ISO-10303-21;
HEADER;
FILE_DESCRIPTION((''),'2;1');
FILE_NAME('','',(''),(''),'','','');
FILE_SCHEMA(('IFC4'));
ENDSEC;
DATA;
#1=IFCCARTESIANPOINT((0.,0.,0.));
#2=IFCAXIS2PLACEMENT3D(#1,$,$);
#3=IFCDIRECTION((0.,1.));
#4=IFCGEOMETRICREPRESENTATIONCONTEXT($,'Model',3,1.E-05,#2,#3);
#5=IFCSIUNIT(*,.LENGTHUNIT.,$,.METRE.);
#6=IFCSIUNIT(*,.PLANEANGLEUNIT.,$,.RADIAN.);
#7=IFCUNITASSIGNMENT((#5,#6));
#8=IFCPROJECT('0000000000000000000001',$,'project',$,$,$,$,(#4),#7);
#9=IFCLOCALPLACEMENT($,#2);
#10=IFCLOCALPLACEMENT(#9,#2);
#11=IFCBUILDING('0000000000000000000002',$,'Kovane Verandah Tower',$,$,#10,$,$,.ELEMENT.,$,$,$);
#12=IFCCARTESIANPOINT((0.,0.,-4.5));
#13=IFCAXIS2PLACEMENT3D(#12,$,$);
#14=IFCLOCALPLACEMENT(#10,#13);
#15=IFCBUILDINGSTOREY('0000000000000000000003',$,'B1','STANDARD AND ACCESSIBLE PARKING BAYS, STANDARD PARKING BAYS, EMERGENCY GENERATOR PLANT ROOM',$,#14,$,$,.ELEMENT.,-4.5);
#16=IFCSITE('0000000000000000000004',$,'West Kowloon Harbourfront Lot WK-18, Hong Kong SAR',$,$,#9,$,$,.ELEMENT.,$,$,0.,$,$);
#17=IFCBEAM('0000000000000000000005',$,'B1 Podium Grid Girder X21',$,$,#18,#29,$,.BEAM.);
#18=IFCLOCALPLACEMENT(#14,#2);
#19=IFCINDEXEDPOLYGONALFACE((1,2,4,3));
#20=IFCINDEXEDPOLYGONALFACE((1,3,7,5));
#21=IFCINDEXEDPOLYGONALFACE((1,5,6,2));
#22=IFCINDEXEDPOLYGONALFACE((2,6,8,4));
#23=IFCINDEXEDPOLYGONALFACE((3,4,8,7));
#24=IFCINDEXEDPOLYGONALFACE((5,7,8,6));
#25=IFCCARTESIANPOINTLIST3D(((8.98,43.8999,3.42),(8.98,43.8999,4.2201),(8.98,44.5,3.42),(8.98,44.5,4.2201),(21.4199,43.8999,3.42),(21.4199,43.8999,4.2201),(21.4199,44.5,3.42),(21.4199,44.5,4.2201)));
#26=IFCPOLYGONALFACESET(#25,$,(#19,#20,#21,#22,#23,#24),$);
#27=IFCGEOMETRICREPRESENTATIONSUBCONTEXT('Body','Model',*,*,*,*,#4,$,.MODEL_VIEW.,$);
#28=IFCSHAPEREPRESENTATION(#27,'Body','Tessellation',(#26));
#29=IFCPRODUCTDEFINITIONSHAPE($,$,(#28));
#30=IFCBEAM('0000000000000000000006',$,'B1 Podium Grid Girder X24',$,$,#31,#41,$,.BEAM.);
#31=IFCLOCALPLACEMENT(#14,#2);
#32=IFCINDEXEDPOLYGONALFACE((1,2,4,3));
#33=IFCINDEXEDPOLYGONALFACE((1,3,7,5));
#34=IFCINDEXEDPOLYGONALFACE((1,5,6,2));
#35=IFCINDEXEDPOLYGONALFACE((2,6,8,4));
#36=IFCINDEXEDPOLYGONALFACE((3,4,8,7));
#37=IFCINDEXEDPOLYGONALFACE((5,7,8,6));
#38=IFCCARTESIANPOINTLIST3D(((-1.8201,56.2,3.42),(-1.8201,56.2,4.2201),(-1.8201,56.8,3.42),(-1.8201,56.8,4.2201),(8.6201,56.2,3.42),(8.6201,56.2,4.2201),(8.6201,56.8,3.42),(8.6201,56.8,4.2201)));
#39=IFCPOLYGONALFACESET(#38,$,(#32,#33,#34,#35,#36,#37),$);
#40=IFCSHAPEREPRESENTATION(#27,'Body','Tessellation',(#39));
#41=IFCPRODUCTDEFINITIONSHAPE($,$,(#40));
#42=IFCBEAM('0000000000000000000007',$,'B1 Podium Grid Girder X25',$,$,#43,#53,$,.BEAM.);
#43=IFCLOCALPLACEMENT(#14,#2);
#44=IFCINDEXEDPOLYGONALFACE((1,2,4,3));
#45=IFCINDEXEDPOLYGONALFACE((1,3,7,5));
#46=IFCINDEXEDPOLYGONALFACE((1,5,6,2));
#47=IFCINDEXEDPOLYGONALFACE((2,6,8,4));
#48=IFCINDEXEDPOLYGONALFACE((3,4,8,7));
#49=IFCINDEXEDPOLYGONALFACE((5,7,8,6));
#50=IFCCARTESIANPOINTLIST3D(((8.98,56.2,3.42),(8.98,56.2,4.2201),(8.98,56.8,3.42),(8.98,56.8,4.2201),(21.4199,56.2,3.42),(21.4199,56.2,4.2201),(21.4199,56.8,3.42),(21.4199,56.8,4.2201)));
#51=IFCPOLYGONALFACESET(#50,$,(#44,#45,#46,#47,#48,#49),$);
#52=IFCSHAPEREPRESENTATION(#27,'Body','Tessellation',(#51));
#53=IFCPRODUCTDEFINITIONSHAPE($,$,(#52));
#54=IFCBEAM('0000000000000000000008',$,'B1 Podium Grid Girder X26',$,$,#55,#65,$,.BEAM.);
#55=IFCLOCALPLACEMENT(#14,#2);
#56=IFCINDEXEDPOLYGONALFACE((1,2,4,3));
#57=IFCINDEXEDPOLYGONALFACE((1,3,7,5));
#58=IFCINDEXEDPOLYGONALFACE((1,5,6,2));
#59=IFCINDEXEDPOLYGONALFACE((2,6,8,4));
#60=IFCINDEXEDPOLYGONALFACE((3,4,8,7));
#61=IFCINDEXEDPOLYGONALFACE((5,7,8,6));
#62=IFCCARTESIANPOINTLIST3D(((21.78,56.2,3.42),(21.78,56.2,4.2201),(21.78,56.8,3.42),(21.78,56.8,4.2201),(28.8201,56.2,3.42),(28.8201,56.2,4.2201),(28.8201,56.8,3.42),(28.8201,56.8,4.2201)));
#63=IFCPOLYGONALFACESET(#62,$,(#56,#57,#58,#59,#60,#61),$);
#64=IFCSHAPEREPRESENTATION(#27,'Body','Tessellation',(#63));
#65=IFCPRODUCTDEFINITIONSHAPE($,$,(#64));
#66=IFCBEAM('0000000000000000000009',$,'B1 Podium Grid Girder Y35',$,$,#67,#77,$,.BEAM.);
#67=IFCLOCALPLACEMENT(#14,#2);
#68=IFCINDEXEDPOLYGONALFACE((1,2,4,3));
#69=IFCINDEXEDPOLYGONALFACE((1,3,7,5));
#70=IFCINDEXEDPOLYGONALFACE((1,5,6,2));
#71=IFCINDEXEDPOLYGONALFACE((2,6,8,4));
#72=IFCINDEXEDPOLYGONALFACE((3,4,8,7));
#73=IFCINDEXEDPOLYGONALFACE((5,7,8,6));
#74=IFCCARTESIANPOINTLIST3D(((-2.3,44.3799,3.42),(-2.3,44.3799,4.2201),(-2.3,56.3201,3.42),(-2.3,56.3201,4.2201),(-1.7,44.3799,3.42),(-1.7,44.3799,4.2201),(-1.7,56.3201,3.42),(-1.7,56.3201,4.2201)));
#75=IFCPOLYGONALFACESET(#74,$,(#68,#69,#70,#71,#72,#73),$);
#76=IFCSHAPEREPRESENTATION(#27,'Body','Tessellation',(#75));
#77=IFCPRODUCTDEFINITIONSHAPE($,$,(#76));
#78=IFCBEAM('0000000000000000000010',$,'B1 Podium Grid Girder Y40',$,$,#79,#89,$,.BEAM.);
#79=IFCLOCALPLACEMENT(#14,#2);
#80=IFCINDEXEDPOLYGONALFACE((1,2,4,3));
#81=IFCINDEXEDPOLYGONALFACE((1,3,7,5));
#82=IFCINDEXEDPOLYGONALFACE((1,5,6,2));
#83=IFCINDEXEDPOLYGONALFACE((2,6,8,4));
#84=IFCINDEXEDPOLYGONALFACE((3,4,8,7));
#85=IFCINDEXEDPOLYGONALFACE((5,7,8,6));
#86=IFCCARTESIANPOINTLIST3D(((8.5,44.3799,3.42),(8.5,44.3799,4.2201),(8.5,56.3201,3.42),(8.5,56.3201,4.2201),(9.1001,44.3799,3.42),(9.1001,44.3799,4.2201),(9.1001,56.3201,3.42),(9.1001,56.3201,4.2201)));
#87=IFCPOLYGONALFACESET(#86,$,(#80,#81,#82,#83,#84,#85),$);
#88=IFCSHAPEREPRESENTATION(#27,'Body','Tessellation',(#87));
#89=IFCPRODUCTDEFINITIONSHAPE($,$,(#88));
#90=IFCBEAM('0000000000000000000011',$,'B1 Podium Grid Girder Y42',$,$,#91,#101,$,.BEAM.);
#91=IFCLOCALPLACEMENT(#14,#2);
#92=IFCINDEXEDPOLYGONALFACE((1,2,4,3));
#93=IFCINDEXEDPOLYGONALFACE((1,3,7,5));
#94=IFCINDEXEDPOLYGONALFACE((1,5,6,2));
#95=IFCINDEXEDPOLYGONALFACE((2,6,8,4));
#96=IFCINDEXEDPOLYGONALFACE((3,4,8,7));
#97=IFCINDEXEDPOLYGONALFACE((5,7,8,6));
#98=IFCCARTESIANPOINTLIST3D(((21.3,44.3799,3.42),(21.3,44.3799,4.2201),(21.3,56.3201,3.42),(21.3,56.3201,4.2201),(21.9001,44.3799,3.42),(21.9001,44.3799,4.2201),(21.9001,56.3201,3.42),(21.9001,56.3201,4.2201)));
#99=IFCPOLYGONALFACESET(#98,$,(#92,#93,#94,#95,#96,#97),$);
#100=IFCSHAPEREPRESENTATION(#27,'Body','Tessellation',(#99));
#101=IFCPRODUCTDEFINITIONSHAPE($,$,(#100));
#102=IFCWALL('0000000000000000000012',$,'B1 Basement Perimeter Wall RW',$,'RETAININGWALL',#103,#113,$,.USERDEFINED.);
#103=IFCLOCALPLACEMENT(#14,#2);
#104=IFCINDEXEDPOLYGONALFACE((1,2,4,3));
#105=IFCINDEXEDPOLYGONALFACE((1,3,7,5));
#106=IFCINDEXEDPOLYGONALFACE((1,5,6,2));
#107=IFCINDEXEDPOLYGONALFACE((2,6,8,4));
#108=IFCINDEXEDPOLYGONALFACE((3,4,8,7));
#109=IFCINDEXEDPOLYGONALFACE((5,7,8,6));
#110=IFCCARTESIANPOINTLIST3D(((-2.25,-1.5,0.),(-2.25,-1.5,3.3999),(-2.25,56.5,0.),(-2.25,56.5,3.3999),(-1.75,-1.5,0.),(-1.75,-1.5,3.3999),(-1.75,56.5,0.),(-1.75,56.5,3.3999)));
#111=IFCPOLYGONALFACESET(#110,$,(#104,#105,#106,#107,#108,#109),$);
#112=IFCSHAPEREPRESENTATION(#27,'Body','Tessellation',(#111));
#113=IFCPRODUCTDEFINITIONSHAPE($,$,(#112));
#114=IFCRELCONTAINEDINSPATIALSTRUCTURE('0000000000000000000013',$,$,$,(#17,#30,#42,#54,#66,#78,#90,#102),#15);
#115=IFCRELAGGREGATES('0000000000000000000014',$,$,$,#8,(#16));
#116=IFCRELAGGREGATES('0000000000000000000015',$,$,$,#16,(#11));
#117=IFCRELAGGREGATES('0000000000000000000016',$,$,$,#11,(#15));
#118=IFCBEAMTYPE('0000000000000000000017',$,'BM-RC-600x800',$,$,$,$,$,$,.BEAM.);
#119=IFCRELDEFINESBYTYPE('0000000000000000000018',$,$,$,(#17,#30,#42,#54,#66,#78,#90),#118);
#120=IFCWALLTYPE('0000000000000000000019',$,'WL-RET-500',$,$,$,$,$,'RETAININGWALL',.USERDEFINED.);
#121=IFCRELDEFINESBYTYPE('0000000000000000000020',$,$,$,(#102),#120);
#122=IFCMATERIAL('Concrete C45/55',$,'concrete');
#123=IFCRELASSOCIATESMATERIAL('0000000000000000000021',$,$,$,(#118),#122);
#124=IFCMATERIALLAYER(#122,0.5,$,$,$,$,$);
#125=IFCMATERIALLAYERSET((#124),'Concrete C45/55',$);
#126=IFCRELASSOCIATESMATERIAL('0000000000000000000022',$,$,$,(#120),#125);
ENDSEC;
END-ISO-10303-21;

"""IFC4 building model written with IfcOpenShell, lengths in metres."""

from ifc_helpers import new_model, si_unit, direction, frame, frame_2d, origin, origin_2d, place, context, subcontext, project, spatial, rectangle, extrude, material, layer, layer_set, material_profile, profile_set, type_object, element, save


model = new_model("IFC4")

# Units and contexts
model_context = context("Model", 3, precision=1e-05, world=origin(), true_north=direction((0.0, 1.0)))
body_context = subcontext(model_context, "Body", "Model", "MODEL_VIEW")
ifc_project = project(units=[si_unit("LENGTHUNIT", "METRE"), si_unit("PLANEANGLEUNIT", "RADIAN")], contexts=[model_context])

# Site, building, storey
site_placement = place(None, origin())
site = spatial("IfcSite", under=ifc_project, at=site_placement, Name="West Kowloon Harbourfront Lot WK-18, Hong Kong SAR", CompositionType="ELEMENT", RefElevation=0.0)
building_placement = place(site_placement, origin())
building = spatial("IfcBuilding", under=site, at=building_placement, Name="Kovane Verandah Tower", CompositionType="ELEMENT")
storey_placement = place(building_placement, frame((0.0, 0.0, -4.5)))
storey = spatial("IfcBuildingStorey", under=building, at=storey_placement, Name="B1", Description="STANDARD AND ACCESSIBLE PARKING BAYS, STANDARD PARKING BAYS, EMERGENCY GENERATOR PLANT ROOM", CompositionType="ELEMENT", Elevation=-4.5)

# Beams
ifc_material_1 = material(Name="Concrete C45/55", Category="concrete")
ifc_material_profile_1 = material_profile(ifc_material_1, rectangle(XDim=0.6001, YDim=0.8, at=origin_2d()), Name="RCB600x800")
ifc_profile_set_1 = profile_set([ifc_material_profile_1], Name="Concrete C45/55")
beam_type_1 = type_object("IfcBeamType", Name="BM-RC-600x800", PredefinedType="BEAM", material=ifc_profile_set_1)
beam_1_placement = place(storey_placement, frame((8.98, 44.2, 3.8201), z_axis=(1.0, 0.0, 0.0), x_axis=(0.0, 1.0, 0.0)))
element("IfcBeam", 1, at=beam_1_placement, inside=storey, type_object=beam_type_1, Name="B1 Podium Grid Girder X21", PredefinedType="BEAM", context=body_context, shape_type="SweptSolid", body=[
    extrude(rectangle(XDim=0.6001, YDim=0.8, at=origin_2d()), origin(), (0.0, 0.0, 1.0), 12.4399),
])
beam_2_placement = place(storey_placement, frame((-1.8201, 56.5, 3.8201), z_axis=(1.0, 0.0, 0.0), x_axis=(0.0, 1.0, 0.0)))
element("IfcBeam", 2, at=beam_2_placement, inside=storey, type_object=beam_type_1, Name="B1 Podium Grid Girder X24", PredefinedType="BEAM", context=body_context, shape_type="SweptSolid", body=[
    extrude(rectangle(XDim=0.6001, YDim=0.8, at=origin_2d()), origin(), (0.0, 0.0, 1.0), 10.4402),
])
beam_3_placement = place(storey_placement, frame((8.98, 56.5, 3.8201), z_axis=(1.0, 0.0, 0.0), x_axis=(0.0, 1.0, 0.0)))
element("IfcBeam", 3, at=beam_3_placement, inside=storey, type_object=beam_type_1, Name="B1 Podium Grid Girder X25", PredefinedType="BEAM", context=body_context, shape_type="SweptSolid", body=[
    extrude(rectangle(XDim=0.6001, YDim=0.8, at=origin_2d()), origin(), (0.0, 0.0, 1.0), 12.4399),
])
beam_4_placement = place(storey_placement, frame((21.78, 56.5, 3.8201), z_axis=(1.0, 0.0, 0.0), x_axis=(0.0, 1.0, 0.0)))
element("IfcBeam", 4, at=beam_4_placement, inside=storey, type_object=beam_type_1, Name="B1 Podium Grid Girder X26", PredefinedType="BEAM", context=body_context, shape_type="SweptSolid", body=[
    extrude(rectangle(XDim=0.6001, YDim=0.8, at=origin_2d()), origin(), (0.0, 0.0, 1.0), 7.04),
])
for number, where, z_axis, x_axis, name in (
    (5, (-2.0, 44.3799, 3.8201), (0.0, 1.0, 0.0), (-1.0, 0.0, 0.0), "B1 Podium Grid Girder Y35"),
    (6, (8.8, 44.3799, 3.8201), (0.0, 1.0, 0.0), (-1.0, 0.0, 0.0), "B1 Podium Grid Girder Y40"),
    (7, (21.6001, 44.3799, 3.8201), (0.0, 1.0, 0.0), (-1.0, 0.0, 0.0), "B1 Podium Grid Girder Y42"),
):
    element("IfcBeam", number, at=place(storey_placement, frame(where, z_axis=z_axis, x_axis=x_axis)), inside=storey, type_object=beam_type_1, Name=name, PredefinedType="BEAM", context=body_context, shape_type="SweptSolid", body=[
        extrude(rectangle(XDim=0.6001, YDim=0.8, at=origin_2d()), origin(), (0.0, 0.0, 1.0), 11.9402),
    ])

# Wall
ifc_layer = layer(ifc_material_1, 0.5)
ifc_layer_set = layer_set([ifc_layer], Name="Concrete C45/55")
wall_type = type_object("IfcWallType", Name="WL-RET-500", ElementType="RETAININGWALL", PredefinedType="USERDEFINED", material=ifc_layer_set)
wall_placement = place(storey_placement, frame((-2.0, 56.5, 0.0), z_axis=(0.0, 0.0, 1.0), x_axis=(0.0, -1.0, 0.0)))
element("IfcWall", 8, at=wall_placement, inside=storey, type_object=wall_type, Name="B1 Basement Perimeter Wall RW", ObjectType="RETAININGWALL", PredefinedType="USERDEFINED", context=body_context, shape_type="SweptSolid", body=[
    extrude(rectangle(XDim=58.0, YDim=0.5, at=frame_2d((29.0, 0.0))), origin(), (0.0, 0.0, 1.0), 3.3999),
])

save(model, "model.ifc")
